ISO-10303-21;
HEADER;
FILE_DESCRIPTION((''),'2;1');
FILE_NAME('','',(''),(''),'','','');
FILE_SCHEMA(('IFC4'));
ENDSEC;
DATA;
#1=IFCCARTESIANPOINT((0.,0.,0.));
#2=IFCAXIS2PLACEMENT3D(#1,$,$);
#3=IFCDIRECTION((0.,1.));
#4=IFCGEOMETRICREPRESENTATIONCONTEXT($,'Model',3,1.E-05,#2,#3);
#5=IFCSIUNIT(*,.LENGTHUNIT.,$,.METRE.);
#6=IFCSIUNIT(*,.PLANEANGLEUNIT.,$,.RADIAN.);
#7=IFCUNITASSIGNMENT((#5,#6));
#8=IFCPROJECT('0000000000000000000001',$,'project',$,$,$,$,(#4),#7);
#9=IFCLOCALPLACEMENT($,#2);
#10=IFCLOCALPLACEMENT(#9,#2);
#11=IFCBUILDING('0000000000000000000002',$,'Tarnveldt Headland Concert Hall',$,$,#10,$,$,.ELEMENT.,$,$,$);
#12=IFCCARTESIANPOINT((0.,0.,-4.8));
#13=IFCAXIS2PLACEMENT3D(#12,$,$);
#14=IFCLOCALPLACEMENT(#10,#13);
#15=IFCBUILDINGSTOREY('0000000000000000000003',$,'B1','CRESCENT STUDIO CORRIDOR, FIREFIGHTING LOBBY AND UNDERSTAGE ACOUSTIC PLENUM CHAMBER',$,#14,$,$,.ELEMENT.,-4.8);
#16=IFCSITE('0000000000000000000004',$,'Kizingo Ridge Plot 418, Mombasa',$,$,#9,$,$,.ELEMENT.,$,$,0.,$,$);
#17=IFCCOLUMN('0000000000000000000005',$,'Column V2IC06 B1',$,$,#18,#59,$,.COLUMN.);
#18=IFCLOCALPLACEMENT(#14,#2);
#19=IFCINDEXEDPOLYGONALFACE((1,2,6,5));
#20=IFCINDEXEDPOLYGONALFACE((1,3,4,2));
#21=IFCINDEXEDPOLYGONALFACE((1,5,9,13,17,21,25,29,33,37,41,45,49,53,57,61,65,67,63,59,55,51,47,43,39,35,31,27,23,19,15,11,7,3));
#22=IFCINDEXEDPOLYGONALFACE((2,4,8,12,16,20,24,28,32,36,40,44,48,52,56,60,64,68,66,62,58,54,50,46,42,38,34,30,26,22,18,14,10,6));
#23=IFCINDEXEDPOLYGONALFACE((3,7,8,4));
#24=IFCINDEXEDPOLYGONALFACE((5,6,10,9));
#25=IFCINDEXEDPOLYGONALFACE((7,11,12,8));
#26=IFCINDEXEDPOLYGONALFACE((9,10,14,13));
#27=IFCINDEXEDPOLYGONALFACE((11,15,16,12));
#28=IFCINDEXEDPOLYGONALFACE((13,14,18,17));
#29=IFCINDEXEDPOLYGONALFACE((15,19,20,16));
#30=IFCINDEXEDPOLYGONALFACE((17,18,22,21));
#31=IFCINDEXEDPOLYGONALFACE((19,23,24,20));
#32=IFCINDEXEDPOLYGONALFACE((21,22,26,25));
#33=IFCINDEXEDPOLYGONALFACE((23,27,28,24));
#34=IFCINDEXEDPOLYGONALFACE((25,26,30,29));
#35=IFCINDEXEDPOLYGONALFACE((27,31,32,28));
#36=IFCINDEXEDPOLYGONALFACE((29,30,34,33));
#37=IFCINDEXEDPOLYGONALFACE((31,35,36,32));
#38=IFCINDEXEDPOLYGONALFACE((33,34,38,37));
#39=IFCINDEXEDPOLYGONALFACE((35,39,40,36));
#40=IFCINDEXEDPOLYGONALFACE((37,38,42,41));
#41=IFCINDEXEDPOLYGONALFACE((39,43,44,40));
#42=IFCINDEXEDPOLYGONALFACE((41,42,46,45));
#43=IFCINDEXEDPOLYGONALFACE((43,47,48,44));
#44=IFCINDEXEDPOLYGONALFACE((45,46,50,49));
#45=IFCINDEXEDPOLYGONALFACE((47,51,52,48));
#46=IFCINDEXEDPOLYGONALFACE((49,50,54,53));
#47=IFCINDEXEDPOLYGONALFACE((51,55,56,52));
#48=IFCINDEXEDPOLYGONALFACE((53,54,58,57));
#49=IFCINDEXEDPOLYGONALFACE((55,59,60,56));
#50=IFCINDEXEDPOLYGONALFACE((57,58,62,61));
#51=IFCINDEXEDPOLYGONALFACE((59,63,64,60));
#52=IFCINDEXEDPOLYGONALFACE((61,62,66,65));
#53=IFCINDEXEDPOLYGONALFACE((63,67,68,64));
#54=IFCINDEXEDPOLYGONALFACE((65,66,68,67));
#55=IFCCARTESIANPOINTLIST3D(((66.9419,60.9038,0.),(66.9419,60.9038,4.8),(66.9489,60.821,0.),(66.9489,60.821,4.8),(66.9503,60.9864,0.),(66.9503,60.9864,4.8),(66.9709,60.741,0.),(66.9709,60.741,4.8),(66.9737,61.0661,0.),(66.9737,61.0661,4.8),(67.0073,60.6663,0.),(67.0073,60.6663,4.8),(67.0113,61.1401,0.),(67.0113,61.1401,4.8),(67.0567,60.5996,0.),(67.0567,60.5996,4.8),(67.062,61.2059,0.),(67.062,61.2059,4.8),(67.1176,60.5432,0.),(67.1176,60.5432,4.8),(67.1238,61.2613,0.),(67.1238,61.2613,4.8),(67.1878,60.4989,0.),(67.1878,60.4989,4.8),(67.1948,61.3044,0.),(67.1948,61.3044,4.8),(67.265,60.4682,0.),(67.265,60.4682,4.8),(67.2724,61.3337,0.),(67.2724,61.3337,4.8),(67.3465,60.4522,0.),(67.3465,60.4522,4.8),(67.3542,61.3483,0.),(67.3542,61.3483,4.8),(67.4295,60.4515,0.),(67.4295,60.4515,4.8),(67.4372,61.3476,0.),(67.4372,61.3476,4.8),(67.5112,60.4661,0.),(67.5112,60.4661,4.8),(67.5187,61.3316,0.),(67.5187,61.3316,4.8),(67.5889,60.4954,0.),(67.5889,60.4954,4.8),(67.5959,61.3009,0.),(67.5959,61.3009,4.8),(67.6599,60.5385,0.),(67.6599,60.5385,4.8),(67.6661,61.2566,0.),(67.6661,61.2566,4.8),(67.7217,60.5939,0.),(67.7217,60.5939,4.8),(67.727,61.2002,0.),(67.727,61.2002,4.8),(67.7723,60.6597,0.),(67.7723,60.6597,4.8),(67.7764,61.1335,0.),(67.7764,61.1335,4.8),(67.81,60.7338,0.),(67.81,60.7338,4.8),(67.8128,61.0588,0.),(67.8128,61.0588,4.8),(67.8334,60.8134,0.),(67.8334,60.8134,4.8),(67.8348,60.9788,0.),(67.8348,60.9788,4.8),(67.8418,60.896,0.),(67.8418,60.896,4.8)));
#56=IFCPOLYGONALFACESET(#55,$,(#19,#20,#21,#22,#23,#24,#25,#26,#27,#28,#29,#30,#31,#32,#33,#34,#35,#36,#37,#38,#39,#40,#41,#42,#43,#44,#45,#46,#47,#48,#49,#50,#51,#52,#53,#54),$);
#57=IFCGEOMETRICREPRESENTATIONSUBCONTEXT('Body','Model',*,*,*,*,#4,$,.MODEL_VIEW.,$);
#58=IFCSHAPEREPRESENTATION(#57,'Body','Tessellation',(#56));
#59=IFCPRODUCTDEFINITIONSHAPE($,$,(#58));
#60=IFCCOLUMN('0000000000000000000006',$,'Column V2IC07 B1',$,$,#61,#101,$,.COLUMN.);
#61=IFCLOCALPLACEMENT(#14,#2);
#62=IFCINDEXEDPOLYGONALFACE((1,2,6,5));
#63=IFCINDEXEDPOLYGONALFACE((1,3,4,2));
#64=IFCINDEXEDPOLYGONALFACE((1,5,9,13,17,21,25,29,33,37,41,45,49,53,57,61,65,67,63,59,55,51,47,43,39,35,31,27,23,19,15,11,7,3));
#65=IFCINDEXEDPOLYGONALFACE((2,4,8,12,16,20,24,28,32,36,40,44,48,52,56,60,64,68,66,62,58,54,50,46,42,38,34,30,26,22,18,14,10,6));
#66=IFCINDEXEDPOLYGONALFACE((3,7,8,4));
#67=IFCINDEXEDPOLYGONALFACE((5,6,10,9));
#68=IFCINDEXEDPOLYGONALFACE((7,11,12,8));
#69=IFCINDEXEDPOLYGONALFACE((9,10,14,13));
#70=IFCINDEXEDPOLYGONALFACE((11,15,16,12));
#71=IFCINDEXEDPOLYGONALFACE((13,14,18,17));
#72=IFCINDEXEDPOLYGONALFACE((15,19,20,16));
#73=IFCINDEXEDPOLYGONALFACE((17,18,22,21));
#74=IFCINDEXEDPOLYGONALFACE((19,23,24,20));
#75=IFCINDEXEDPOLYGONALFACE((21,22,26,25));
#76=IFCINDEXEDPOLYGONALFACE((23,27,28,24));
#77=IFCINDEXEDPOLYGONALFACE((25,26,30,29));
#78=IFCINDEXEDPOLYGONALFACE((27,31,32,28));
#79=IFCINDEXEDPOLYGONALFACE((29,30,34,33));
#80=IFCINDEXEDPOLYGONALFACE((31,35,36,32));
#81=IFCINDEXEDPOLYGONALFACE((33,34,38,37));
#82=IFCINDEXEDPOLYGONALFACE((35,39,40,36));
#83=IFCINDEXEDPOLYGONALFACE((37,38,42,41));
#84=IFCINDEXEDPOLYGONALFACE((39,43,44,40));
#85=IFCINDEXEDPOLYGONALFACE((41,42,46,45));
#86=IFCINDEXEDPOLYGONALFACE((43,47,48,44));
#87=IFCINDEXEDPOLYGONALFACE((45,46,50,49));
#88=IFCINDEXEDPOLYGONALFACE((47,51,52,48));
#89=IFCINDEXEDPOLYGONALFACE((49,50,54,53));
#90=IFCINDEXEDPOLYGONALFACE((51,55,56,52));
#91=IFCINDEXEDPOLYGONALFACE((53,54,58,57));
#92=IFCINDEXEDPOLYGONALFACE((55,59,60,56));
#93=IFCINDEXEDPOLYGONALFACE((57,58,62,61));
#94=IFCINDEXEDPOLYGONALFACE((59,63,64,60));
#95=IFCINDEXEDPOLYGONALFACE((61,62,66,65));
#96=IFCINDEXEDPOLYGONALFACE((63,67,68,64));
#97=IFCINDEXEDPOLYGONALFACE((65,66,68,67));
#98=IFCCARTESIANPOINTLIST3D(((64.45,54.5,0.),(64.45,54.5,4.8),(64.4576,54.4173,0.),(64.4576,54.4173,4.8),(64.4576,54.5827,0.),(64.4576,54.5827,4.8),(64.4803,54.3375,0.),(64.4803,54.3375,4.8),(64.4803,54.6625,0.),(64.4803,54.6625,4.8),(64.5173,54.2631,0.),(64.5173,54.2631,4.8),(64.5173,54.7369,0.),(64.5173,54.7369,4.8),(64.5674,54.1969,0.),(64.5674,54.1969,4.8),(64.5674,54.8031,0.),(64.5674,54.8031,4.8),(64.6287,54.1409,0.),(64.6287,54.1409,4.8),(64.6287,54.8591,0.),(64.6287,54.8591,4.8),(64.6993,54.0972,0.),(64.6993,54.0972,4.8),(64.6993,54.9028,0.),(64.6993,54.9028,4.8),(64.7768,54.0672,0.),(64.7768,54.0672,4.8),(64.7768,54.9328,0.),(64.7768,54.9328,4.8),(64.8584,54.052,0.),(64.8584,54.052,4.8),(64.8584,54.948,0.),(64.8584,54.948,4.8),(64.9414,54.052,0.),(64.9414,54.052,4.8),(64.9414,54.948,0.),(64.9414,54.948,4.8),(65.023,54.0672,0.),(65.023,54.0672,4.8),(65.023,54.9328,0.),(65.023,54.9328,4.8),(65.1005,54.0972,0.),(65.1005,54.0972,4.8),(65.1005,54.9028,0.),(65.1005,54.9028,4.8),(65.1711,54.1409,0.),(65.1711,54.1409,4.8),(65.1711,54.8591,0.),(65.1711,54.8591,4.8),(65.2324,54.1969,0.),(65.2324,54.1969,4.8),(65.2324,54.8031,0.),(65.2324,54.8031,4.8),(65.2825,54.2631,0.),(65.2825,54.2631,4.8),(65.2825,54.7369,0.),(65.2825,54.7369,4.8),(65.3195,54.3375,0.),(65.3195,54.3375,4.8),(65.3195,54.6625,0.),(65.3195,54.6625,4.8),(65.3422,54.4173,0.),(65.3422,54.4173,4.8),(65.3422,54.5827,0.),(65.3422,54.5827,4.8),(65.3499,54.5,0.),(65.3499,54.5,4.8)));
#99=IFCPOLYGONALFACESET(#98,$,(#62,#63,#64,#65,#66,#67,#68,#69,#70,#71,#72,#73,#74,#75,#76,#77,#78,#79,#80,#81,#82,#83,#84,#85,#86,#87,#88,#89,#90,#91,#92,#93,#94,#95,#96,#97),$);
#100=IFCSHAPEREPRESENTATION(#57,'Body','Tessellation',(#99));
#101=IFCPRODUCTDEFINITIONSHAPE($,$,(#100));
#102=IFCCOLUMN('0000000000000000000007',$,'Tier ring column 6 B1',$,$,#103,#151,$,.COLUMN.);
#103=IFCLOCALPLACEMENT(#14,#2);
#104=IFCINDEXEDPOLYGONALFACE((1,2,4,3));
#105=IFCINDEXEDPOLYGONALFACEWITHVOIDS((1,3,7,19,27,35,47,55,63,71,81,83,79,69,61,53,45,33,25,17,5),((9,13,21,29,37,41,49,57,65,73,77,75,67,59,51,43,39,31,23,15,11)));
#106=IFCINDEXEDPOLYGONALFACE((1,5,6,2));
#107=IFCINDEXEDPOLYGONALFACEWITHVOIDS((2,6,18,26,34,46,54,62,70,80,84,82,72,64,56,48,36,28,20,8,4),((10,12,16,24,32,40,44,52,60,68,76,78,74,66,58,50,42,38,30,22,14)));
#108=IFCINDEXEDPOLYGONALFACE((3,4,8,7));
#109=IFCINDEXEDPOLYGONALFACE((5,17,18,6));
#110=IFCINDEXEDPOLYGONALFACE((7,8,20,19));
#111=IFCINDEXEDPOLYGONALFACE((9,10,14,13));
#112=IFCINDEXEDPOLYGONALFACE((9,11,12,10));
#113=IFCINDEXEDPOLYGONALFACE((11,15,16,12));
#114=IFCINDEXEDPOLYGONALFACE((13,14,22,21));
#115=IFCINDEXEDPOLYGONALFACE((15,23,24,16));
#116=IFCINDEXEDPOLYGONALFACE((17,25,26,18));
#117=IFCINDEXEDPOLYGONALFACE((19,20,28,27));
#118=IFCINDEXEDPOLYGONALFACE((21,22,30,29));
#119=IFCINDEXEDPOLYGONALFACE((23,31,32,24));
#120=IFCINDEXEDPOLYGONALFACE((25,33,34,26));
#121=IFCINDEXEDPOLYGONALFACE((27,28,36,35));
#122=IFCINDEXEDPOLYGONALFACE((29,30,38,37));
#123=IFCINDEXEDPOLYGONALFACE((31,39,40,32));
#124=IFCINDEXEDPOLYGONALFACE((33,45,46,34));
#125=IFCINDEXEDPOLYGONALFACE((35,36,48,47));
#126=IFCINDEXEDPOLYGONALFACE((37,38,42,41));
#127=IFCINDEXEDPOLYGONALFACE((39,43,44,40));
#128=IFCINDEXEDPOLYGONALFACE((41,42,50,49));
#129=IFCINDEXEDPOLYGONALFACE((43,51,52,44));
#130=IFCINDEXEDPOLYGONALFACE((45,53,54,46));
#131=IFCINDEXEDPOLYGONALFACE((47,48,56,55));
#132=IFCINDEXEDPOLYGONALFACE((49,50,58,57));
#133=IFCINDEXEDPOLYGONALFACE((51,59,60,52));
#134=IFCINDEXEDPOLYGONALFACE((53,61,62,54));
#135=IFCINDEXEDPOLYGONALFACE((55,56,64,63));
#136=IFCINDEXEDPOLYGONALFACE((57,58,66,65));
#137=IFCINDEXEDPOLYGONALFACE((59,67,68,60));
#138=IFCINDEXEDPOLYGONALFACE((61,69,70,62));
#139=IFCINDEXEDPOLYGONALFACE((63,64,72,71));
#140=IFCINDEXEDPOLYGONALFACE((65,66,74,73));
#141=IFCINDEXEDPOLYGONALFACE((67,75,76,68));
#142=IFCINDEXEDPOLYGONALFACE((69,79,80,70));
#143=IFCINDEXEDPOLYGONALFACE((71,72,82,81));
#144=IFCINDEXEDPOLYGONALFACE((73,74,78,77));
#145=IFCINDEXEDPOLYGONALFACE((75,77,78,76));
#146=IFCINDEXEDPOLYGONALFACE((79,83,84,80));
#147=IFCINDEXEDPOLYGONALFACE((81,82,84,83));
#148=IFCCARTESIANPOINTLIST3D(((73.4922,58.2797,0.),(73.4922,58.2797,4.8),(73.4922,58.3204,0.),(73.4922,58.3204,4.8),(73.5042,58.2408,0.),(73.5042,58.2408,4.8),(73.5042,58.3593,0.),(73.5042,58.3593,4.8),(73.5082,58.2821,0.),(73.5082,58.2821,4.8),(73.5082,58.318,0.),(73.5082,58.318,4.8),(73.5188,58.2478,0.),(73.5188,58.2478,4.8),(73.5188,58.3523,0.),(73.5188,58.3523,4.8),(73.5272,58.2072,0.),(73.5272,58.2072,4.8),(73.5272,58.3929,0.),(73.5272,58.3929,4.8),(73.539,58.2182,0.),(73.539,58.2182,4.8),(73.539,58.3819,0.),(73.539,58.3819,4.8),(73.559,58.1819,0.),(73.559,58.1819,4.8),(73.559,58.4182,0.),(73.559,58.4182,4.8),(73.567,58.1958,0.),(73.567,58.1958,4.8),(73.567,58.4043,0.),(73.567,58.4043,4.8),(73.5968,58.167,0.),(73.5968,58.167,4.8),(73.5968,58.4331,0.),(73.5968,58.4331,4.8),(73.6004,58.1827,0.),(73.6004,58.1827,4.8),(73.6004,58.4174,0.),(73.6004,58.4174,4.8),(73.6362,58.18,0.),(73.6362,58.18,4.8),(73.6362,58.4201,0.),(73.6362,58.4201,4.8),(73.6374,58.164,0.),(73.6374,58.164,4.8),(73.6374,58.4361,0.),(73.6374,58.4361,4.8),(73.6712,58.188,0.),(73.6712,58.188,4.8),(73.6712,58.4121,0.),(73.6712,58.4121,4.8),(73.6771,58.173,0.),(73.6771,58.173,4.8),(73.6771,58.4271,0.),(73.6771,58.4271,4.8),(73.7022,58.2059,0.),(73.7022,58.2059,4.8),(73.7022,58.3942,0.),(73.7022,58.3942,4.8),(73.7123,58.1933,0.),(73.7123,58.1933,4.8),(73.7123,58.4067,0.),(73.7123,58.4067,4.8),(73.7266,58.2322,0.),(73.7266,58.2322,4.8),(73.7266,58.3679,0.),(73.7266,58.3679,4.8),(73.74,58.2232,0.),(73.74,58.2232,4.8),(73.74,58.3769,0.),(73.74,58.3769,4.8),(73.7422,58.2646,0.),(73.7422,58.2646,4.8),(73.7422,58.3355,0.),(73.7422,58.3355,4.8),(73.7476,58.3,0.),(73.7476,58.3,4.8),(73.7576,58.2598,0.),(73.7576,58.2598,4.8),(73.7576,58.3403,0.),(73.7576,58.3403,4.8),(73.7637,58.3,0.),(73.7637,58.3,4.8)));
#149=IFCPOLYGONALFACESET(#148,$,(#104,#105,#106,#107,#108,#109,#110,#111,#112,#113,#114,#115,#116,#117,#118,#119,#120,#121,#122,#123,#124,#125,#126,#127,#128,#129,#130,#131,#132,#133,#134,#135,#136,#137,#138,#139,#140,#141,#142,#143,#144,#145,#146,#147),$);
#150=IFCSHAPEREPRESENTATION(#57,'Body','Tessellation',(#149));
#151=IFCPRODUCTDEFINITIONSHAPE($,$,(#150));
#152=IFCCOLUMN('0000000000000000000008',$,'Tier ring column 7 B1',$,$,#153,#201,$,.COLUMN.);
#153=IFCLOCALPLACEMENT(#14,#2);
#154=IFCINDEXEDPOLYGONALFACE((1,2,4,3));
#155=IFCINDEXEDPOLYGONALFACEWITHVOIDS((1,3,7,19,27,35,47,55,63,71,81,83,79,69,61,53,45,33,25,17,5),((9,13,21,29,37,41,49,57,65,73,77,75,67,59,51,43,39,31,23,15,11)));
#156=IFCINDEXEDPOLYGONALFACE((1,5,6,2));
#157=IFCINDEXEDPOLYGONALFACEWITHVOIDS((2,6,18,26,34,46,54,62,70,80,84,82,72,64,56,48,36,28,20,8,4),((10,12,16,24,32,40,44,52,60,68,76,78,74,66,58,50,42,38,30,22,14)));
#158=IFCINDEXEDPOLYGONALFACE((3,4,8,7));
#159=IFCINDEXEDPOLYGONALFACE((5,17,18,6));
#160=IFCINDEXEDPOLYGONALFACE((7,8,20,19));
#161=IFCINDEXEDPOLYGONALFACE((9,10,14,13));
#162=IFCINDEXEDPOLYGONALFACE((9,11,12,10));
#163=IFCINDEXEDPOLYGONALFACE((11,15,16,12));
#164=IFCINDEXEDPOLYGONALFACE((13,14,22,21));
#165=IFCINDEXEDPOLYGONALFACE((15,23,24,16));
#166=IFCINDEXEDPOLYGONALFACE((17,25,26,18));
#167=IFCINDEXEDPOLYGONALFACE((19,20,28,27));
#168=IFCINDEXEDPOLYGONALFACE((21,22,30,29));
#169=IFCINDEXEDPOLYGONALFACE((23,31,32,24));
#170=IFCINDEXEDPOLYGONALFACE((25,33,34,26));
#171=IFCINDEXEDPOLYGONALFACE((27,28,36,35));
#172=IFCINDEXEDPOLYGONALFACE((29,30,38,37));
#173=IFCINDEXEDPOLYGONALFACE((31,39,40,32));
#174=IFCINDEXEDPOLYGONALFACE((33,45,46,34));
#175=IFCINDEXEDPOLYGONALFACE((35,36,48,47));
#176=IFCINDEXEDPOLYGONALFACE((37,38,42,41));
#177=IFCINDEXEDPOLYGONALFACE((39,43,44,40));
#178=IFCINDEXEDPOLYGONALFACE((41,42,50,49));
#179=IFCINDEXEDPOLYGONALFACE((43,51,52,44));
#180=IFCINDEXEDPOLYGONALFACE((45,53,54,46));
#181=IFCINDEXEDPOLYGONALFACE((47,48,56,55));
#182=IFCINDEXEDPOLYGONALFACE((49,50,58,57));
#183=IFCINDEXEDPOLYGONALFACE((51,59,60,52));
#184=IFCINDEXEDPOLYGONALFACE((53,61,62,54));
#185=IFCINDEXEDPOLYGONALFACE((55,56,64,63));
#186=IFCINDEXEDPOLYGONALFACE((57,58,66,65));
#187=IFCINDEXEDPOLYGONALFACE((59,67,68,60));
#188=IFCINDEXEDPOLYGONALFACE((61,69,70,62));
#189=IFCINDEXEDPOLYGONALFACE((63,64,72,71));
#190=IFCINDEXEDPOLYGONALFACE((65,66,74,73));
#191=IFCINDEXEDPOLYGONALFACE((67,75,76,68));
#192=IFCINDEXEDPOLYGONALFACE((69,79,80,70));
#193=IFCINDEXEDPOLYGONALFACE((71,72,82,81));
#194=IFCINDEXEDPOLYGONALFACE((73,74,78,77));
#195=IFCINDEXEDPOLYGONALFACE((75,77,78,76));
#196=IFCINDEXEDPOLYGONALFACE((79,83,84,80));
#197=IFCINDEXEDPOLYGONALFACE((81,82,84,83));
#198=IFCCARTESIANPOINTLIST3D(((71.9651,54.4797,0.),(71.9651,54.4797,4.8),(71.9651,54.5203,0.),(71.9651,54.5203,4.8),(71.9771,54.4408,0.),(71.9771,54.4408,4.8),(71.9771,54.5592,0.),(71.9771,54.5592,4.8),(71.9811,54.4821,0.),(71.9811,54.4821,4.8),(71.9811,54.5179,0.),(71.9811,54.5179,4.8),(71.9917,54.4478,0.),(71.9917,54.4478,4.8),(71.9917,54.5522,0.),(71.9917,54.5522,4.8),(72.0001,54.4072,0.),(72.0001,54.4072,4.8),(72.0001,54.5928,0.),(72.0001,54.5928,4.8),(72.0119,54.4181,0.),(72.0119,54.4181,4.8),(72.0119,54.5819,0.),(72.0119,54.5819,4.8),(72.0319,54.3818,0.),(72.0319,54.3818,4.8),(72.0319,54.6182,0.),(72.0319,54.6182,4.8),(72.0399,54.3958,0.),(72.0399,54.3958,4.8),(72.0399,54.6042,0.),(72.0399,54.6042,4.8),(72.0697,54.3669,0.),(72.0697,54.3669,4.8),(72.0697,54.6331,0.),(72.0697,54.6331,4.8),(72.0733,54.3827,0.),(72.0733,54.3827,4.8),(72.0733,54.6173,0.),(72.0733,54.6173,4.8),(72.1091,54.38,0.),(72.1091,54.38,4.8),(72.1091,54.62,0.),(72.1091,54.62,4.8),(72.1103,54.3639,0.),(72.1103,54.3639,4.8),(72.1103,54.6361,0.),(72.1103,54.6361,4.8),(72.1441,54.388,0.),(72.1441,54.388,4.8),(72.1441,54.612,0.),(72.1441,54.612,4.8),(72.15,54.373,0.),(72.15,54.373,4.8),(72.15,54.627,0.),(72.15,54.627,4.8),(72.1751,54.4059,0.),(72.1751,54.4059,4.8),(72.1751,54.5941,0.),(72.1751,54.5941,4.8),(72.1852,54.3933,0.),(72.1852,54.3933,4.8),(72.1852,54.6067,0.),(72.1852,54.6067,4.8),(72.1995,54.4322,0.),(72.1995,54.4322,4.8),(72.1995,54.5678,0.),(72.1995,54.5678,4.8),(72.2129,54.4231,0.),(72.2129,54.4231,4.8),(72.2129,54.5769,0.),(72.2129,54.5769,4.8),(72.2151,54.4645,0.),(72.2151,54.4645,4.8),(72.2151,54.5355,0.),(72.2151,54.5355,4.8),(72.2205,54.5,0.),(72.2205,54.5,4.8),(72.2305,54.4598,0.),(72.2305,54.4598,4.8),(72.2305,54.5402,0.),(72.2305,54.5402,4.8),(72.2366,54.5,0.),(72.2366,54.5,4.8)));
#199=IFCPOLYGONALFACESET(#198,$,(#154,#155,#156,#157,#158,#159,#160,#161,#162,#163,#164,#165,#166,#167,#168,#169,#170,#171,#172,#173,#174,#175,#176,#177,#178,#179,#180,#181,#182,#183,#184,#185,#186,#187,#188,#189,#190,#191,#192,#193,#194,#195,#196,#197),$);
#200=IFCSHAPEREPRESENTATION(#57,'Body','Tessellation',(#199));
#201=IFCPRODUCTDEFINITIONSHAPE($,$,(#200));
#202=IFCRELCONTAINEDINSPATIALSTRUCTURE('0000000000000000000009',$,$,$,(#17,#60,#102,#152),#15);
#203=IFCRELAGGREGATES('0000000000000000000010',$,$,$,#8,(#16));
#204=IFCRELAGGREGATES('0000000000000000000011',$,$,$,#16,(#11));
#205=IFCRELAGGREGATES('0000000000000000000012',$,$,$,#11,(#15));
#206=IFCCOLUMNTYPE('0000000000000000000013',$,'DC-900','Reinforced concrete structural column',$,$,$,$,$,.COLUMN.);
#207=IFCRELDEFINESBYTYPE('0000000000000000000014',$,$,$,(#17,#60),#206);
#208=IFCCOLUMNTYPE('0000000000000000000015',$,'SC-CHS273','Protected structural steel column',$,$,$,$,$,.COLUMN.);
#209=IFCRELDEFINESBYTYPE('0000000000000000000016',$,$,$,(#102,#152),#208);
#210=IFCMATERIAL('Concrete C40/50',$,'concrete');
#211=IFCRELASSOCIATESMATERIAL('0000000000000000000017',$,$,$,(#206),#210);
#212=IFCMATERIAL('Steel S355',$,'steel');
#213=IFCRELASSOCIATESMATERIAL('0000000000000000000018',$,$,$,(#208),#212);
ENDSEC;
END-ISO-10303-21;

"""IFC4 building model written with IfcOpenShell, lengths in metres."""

from ifc_helpers import new_model, si_unit, direction, frame, origin, origin_2d, place, context, subcontext, project, spatial, circle, hollow_circle, extrude, material, material_profile, profile_set, type_object, element, save


model = new_model("IFC4")

# Units and contexts
model_context = context("Model", 3, precision=1e-05, world=origin(), true_north=direction((0.0, 1.0)))
body_context = subcontext(model_context, "Body", "Model", "MODEL_VIEW")
ifc_project = project(units=[si_unit("LENGTHUNIT", "METRE"), si_unit("PLANEANGLEUNIT", "RADIAN")], contexts=[model_context])

# Site, building, storey
site_placement = place(None, origin())
site = spatial("IfcSite", under=ifc_project, at=site_placement, Name="Kizingo Ridge Plot 418, Mombasa", CompositionType="ELEMENT", RefElevation=0.0)
building_placement = place(site_placement, origin())
building = spatial("IfcBuilding", under=site, at=building_placement, Name="Tarnveldt Headland Concert Hall", CompositionType="ELEMENT")
storey_placement = place(building_placement, frame((0.0, 0.0, -4.8)))
storey = spatial("IfcBuildingStorey", under=building, at=storey_placement, Name="B1", Description="CRESCENT STUDIO CORRIDOR, FIREFIGHTING LOBBY AND UNDERSTAGE ACOUSTIC PLENUM CHAMBER", CompositionType="ELEMENT", Elevation=-4.8)

# Shared definitions
ifc_material_1 = material(Name="Concrete C40/50", Category="concrete")

# Columns
ifc_material_profile_1 = material_profile(ifc_material_1, circle(Radius=0.45, at=origin_2d()), Name="RC D900", Category="concrete")
ifc_profile_set_1 = profile_set([ifc_material_profile_1], Name="Concrete C40/50")
column_type_1 = type_object("IfcColumnType", Name="DC-900", Description="Reinforced concrete structural column", PredefinedType="COLUMN", material=ifc_profile_set_1)
for number, where, z_axis, x_axis, name in (
    (1, (67.3918, 60.8999, 0.0), (0.0, 0.0, 1.0), (-0.929326, 0.36926, 0.0), "Column V2IC06 B1"),
    (2, (64.8999, 54.5, 0.0), (0.0, 0.0, 1.0), (-1.0, 0.0, 0.0), "Column V2IC07 B1"),
):
    element("IfcColumn", number, at=place(storey_placement, frame(where, z_axis=z_axis, x_axis=x_axis)), inside=storey, type_object=column_type_1, Name=name, PredefinedType="COLUMN", context=body_context, shape_type="SweptSolid", body=[
        extrude(circle(Radius=0.45, at=origin_2d()), origin(), (0.0, 0.0, 1.0), 4.8),
    ])
ifc_material_2 = material(Name="Steel S355", Category="steel")
ifc_material_profile_2 = material_profile(ifc_material_2, hollow_circle(Radius=0.1365, WallThickness=0.0161, at=origin_2d()), Name="CHS 273x16", Category="steel")
ifc_profile_set_2 = profile_set([ifc_material_profile_2], Name="Steel S355")
column_type_2 = type_object("IfcColumnType", Name="SC-CHS273", Description="Protected structural steel column", PredefinedType="COLUMN", material=ifc_profile_set_2)
for number, where, z_axis, x_axis, name in (
    (3, (73.6272, 58.3, 0.0), (0.0, 0.0, 1.0), (1.0, 0.0, 0.0), "Tier ring column 6 B1"),
    (4, (72.1001, 54.5, 0.0), (0.0, 0.0, 1.0), (1.0, 0.0, 0.0), "Tier ring column 7 B1"),
):
    element("IfcColumn", number, at=place(storey_placement, frame(where, z_axis=z_axis, x_axis=x_axis)), inside=storey, type_object=column_type_2, Name=name, PredefinedType="COLUMN", context=body_context, shape_type="SweptSolid", body=[
        extrude(hollow_circle(Radius=0.1365, WallThickness=0.0161, at=origin_2d()), origin(), (0.0, 0.0, 1.0), 4.8),
    ])

save(model, "model.ifc")
